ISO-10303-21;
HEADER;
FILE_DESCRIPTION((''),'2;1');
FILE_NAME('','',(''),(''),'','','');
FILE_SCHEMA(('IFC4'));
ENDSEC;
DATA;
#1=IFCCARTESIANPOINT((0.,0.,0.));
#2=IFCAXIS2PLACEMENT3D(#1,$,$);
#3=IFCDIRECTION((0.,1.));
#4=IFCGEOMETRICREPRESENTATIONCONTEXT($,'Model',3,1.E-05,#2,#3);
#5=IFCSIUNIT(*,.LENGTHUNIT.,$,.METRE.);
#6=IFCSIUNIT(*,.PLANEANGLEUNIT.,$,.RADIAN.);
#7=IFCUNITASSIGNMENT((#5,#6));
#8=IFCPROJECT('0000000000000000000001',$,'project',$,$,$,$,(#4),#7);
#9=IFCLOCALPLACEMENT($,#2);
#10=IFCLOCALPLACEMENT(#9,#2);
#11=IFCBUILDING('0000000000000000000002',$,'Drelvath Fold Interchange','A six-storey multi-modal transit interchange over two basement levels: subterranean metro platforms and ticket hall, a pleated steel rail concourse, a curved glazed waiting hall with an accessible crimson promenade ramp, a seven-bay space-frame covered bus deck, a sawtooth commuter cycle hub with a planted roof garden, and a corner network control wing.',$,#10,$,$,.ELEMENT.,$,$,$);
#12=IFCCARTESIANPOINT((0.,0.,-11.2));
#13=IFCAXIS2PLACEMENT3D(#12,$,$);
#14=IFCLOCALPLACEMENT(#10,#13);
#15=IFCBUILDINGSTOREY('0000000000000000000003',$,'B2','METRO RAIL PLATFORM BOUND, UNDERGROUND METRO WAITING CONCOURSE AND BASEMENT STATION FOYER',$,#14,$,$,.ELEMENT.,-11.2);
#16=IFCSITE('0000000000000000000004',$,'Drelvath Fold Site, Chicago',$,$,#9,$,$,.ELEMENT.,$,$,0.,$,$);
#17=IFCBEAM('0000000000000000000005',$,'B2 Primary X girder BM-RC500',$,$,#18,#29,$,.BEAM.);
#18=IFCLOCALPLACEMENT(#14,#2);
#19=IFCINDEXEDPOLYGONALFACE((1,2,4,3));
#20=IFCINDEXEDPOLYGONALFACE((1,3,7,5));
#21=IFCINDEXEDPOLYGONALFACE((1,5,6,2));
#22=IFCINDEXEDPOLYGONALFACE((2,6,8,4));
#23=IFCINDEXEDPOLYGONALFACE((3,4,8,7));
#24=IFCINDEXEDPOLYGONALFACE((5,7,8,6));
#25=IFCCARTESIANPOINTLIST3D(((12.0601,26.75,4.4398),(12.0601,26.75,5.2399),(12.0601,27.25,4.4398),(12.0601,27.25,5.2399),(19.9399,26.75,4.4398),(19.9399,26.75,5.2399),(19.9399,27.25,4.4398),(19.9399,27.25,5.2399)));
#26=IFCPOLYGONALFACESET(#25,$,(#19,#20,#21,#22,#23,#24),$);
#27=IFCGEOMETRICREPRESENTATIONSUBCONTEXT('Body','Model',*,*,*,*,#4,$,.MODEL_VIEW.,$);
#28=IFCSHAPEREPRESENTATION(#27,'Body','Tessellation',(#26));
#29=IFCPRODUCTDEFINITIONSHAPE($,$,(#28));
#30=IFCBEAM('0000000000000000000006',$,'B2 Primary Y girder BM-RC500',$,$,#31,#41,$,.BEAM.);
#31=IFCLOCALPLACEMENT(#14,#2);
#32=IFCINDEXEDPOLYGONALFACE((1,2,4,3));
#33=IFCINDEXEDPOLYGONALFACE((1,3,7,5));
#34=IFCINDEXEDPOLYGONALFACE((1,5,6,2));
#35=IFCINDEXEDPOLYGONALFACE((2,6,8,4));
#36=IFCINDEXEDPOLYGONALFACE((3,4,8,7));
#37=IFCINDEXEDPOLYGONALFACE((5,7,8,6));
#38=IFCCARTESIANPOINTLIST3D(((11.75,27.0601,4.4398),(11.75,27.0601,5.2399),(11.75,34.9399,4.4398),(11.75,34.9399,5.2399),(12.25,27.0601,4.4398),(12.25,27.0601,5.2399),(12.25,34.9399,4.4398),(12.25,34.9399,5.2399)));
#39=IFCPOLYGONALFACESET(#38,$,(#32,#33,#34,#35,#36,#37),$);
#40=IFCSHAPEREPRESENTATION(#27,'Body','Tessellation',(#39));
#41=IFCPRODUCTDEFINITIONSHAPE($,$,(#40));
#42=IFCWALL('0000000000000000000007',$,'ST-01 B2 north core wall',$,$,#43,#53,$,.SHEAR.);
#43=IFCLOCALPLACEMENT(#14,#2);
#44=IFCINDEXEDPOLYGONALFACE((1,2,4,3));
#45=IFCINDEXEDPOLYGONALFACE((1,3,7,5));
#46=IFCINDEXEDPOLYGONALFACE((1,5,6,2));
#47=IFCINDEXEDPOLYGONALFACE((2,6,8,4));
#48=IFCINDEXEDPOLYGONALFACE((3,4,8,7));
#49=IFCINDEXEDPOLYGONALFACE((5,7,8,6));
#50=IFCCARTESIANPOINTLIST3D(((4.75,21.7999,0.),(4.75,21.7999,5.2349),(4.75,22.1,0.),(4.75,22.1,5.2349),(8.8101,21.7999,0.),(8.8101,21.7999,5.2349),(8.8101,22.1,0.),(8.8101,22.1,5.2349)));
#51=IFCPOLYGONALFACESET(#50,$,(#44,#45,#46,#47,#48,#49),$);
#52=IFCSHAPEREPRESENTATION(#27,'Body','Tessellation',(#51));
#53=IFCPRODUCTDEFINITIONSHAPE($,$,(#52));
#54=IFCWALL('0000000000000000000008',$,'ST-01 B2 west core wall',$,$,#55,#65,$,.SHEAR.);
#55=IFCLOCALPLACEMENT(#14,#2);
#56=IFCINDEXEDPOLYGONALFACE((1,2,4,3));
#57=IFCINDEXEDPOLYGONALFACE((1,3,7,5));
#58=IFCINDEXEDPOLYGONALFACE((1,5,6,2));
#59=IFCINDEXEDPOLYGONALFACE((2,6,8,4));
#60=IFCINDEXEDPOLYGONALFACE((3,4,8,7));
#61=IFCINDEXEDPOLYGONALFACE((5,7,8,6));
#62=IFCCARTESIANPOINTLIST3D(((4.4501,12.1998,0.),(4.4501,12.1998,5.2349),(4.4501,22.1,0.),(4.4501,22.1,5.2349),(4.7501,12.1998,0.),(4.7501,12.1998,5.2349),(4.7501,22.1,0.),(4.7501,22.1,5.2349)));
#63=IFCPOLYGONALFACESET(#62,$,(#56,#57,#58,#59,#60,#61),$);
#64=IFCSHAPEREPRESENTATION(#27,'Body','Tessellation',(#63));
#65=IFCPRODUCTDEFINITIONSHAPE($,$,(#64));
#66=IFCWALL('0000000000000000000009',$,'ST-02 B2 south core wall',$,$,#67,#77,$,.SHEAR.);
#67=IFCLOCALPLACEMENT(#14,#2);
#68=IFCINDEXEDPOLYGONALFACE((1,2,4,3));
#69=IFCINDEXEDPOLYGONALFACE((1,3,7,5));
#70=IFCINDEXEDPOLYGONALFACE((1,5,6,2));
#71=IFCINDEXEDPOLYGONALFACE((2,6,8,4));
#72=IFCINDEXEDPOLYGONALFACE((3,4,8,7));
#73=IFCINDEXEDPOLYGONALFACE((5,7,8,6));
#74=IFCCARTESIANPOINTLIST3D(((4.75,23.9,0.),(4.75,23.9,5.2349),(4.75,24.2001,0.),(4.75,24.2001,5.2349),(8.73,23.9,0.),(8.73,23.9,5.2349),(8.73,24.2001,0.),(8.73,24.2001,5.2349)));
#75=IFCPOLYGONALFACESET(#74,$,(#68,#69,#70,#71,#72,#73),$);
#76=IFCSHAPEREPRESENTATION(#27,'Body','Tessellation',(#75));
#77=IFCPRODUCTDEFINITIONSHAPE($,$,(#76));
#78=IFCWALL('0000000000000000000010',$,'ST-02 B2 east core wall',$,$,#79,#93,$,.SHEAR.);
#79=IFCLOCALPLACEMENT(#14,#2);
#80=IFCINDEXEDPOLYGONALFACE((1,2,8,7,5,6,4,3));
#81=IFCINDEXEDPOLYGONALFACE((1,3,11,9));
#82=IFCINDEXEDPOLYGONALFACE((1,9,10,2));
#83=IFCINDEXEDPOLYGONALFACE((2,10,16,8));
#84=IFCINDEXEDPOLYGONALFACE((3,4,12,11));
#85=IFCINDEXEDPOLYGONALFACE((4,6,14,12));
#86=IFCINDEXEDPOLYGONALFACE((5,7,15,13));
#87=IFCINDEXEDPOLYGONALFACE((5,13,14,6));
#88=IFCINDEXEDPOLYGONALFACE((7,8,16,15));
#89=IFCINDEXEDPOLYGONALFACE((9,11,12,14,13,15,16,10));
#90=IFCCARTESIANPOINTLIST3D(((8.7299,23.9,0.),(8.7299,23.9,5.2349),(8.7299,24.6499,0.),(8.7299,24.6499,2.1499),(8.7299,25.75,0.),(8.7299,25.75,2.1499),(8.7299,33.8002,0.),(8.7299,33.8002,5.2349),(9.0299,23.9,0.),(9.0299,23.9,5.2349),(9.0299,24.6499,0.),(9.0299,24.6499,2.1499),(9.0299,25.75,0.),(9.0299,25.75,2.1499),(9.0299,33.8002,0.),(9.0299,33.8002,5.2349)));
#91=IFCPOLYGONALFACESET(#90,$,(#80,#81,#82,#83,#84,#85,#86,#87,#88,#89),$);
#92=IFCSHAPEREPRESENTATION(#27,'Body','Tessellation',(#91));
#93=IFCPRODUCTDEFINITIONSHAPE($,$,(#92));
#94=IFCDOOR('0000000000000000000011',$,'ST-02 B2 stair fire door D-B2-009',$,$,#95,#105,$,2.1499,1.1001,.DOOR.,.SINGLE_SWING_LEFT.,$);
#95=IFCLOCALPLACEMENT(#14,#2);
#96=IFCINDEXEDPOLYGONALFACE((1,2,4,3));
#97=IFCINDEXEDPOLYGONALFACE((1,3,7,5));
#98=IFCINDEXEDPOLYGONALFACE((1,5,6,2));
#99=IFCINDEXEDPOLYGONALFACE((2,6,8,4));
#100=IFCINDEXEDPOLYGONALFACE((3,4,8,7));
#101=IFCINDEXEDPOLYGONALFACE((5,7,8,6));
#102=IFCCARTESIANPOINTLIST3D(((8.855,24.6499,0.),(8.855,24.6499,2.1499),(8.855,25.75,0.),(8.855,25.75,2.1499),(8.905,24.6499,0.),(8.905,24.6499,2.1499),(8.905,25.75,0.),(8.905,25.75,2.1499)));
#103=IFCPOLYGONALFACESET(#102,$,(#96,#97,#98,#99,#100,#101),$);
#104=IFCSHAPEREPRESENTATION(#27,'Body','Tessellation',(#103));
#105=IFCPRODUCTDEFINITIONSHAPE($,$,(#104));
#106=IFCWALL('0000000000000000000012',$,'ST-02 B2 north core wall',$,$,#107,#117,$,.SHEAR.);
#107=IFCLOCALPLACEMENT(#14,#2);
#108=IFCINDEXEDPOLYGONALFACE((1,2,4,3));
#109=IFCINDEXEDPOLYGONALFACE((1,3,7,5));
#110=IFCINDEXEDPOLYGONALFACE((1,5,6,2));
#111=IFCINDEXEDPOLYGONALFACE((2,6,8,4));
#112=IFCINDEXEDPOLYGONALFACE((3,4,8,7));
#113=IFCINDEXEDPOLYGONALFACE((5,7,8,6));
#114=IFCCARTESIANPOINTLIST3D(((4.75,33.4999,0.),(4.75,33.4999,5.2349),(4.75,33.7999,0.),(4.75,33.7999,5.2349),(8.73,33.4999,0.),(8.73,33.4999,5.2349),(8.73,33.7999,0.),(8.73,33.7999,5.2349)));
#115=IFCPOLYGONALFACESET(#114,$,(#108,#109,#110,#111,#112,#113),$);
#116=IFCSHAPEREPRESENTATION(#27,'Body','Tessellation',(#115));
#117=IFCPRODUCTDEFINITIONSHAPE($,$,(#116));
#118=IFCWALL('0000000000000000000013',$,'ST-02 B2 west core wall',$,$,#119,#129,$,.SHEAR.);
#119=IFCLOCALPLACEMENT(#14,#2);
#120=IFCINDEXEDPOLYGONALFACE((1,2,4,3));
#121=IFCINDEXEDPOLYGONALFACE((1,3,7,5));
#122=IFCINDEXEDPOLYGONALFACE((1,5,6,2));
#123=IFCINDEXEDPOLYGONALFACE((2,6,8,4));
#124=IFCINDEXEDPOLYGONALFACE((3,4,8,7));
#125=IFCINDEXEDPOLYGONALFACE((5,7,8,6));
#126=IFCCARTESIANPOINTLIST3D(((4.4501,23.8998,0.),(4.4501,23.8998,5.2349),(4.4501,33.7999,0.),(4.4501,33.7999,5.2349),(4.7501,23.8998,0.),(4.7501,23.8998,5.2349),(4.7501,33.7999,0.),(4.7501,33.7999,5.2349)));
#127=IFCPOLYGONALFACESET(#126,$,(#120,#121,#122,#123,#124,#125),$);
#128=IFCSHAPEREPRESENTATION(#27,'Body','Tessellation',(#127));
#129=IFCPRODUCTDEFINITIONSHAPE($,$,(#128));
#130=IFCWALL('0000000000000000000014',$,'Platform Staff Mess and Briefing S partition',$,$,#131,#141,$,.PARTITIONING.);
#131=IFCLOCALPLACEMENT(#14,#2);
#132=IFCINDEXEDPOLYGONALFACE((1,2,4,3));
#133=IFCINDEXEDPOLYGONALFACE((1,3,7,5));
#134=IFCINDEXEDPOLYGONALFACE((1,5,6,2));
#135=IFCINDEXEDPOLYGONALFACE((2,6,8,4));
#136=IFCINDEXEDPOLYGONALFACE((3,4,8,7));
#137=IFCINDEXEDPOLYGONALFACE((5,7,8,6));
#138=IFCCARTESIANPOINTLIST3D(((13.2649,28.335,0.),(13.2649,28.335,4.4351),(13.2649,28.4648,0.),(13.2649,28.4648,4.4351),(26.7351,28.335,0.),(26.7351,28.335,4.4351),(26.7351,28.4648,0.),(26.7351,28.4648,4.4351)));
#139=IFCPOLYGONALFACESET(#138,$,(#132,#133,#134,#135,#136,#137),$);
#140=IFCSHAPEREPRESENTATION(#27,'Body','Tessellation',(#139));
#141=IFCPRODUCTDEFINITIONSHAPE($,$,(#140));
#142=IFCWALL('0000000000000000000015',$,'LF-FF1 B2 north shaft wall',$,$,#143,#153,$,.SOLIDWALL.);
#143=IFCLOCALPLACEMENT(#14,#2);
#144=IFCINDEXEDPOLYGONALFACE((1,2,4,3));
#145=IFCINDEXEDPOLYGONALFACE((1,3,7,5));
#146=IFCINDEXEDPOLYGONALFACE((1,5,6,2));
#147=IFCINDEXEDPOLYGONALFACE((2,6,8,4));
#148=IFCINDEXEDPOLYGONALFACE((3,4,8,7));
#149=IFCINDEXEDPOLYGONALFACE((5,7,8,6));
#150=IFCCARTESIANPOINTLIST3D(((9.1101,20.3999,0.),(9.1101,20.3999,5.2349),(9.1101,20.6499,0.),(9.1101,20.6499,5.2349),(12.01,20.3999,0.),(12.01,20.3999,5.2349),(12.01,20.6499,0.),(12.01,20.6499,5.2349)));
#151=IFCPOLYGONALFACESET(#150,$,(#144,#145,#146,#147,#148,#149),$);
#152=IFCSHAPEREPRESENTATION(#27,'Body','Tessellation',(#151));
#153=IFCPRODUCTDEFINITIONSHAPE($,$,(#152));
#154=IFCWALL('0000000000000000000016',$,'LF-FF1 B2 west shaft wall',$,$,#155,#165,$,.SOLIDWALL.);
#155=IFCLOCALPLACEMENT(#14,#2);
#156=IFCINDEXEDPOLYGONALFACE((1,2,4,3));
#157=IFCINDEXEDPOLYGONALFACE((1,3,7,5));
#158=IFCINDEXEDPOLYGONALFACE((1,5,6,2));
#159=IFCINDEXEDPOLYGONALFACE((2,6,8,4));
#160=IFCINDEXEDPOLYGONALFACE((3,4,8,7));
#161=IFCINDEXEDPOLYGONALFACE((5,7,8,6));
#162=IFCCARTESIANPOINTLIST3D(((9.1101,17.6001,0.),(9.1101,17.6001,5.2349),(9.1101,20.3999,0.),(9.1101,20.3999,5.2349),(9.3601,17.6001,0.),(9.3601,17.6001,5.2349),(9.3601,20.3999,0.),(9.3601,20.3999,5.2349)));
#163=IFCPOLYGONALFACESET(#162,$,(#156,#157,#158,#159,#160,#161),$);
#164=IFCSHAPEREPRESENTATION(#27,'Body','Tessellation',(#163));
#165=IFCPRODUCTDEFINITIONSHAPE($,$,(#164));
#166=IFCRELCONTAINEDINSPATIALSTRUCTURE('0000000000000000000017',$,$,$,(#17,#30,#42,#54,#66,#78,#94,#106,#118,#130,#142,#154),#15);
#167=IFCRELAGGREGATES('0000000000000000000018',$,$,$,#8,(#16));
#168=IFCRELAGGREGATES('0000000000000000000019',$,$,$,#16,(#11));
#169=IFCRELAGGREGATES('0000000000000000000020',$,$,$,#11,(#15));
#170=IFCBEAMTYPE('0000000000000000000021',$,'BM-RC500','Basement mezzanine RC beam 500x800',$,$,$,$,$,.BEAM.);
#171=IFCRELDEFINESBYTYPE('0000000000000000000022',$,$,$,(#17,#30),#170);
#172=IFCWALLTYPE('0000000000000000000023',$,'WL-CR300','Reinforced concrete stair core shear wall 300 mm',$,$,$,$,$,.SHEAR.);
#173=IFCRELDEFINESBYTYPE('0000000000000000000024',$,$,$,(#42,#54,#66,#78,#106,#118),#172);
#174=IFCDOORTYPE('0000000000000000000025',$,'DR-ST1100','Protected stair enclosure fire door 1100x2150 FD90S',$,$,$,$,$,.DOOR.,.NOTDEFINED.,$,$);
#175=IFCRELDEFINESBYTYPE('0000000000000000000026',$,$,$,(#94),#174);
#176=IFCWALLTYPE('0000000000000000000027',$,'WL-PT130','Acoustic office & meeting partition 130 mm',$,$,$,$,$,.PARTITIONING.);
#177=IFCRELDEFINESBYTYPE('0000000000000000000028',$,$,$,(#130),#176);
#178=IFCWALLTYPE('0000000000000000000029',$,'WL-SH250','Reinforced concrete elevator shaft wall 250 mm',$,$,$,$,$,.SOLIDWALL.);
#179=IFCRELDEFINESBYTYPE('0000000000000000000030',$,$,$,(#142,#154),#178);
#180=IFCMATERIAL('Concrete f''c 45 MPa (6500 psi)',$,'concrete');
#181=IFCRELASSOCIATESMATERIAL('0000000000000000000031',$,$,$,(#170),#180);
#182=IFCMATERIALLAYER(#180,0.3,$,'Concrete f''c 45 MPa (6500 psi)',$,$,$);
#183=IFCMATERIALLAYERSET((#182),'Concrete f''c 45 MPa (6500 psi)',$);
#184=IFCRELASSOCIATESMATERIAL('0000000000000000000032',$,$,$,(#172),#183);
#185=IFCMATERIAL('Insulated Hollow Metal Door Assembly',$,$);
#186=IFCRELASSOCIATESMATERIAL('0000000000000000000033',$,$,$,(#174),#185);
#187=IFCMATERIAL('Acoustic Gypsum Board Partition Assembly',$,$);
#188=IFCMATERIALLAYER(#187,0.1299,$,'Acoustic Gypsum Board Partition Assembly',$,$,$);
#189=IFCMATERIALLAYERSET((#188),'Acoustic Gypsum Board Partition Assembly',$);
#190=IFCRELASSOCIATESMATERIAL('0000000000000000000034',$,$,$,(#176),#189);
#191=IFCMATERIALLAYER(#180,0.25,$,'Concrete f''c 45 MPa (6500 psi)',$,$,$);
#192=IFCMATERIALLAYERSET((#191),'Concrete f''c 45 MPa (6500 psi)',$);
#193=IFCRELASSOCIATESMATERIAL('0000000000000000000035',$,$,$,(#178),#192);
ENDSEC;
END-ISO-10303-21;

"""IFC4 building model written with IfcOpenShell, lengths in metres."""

from ifc_helpers import new_model, si_unit, direction, frame, frame_2d, origin, origin_2d, place, context, subcontext, project, spatial, rectangle, extrude, material, layer, layer_set, material_profile, profile_set, type_object, element, fill, save


model = new_model("IFC4")

# Units and contexts
model_context = context("Model", 3, precision=1e-05, world=origin(), true_north=direction((0.0, 1.0)))
body_context = subcontext(model_context, "Body", "Model", "MODEL_VIEW")
ifc_project = project(units=[si_unit("LENGTHUNIT", "METRE"), si_unit("PLANEANGLEUNIT", "RADIAN")], contexts=[model_context])

# Site, building, storey
site_placement = place(None, origin())
site = spatial("IfcSite", under=ifc_project, at=site_placement, Name="Drelvath Fold Site, Chicago", CompositionType="ELEMENT", RefElevation=0.0)
building_placement = place(site_placement, origin())
building = spatial("IfcBuilding", under=site, at=building_placement, Name="Drelvath Fold Interchange", Description="A six-storey multi-modal transit interchange over two basement levels: subterranean metro platforms and ticket hall, a pleated steel rail concourse, a curved glazed waiting hall with an accessible crimson promenade ramp, a seven-bay space-frame covered bus deck, a sawtooth commuter cycle hub with a planted roof garden, and a corner network control wing.", CompositionType="ELEMENT")
storey_placement = place(building_placement, frame((0.0, 0.0, -11.2)))
storey = spatial("IfcBuildingStorey", under=building, at=storey_placement, Name="B2", Description="METRO RAIL PLATFORM BOUND, UNDERGROUND METRO WAITING CONCOURSE AND BASEMENT STATION FOYER", CompositionType="ELEMENT", Elevation=-11.2)

# Beams
ifc_material_1 = material(Name="Concrete f'c 45 MPa (6500 psi)", Category="concrete")
ifc_material_profile_1 = material_profile(ifc_material_1, rectangle(XDim=0.5, YDim=0.8, at=origin_2d()), Name="RC 500x800")
ifc_profile_set_1 = profile_set([ifc_material_profile_1], Name="Concrete f'c 45 MPa (6500 psi)")
beam_type_1 = type_object("IfcBeamType", Name="BM-RC500", Description="Basement mezzanine RC beam 500x800", PredefinedType="BEAM", material=ifc_profile_set_1)
for number, where, z_axis, x_axis, name in (
    (1, (12.0601, 27.0, 4.8398), (1.0, 0.0, 0.0), (0.0, 1.0, 0.0), "B2 Primary X girder BM-RC500"),
    (2, (12.0, 27.0601, 4.8398), (0.0, 1.0, 0.0), (-1.0, 0.0, 0.0), "B2 Primary Y girder BM-RC500"),
):
    element("IfcBeam", number, at=place(storey_placement, frame(where, z_axis=z_axis, x_axis=x_axis)), inside=storey, type_object=beam_type_1, Name=name, PredefinedType="BEAM", context=body_context, shape_type="SweptSolid", body=[
        extrude(rectangle(XDim=0.5, YDim=0.8, at=origin_2d()), origin(), (0.0, 0.0, 1.0), 7.8799),
    ])

# Walls
ifc_layer_1 = layer(ifc_material_1, 0.3, Name="Concrete f'c 45 MPa (6500 psi)")
ifc_layer_set_1 = layer_set([ifc_layer_1], Name="Concrete f'c 45 MPa (6500 psi)")
wall_type_1 = type_object("IfcWallType", Name="WL-CR300", Description="Reinforced concrete stair core shear wall 300 mm", PredefinedType="SHEAR", material=ifc_layer_set_1)
wall_1_placement = place(storey_placement, frame((8.8101, 21.95, 0.0), z_axis=(0.0, 0.0, 1.0), x_axis=(-1.0, 0.0, 0.0)))
element("IfcWall", 3, at=wall_1_placement, inside=storey, type_object=wall_type_1, Name="ST-01 B2 north core wall", PredefinedType="SHEAR", context=body_context, shape_type="SweptSolid", body=[
    extrude(rectangle(XDim=4.0601, YDim=0.3, at=frame_2d((2.03, 0.0))), origin(), (0.0, 0.0, 1.0), 5.2349),
])
wall_2_placement = place(storey_placement, frame((4.6001, 22.1001, 0.0), z_axis=(0.0, 0.0, 1.0), x_axis=(0.0, -1.0, 0.0)))
element("IfcWall", 4, at=wall_2_placement, inside=storey, type_object=wall_type_1, Name="ST-01 B2 west core wall", PredefinedType="SHEAR", context=body_context, shape_type="SweptSolid", body=[
    extrude(rectangle(XDim=9.9001, YDim=0.3, at=frame_2d((4.9502, 0.0))), origin(), (0.0, 0.0, 1.0), 5.2349),
])
wall_3_placement = place(storey_placement, frame((4.75, 24.05, 0.0), z_axis=(0.0, 0.0, 1.0), x_axis=(1.0, 0.0, 0.0)))
element("IfcWall", 5, at=wall_3_placement, inside=storey, type_object=wall_type_1, Name="ST-02 B2 south core wall", PredefinedType="SHEAR", context=body_context, shape_type="SweptSolid", body=[
    extrude(rectangle(XDim=3.98, YDim=0.3, at=frame_2d((1.99, 0.0))), origin(), (0.0, 0.0, 1.0), 5.2349),
])

# Wall, opening, door
wall_4_placement = place(storey_placement, frame((8.8799, 23.8999, 0.0), z_axis=(0.0, 0.0, 1.0), x_axis=(0.0, 1.0, 0.0)))
wall_4 = element("IfcWall", 6, at=wall_4_placement, inside=storey, type_object=wall_type_1, Name="ST-02 B2 east core wall", PredefinedType="SHEAR", context=body_context, shape_type="SweptSolid", body=[
    extrude(rectangle(XDim=9.9001, YDim=0.3, at=frame_2d((4.9502, 0.0))), origin(), (0.0, 0.0, 1.0), 5.2349),
])
opening_1_placement = place(wall_4_placement, frame((0.75, 0.0, 0.0)))
opening_1 = element("IfcOpeningElement", 7, at=opening_1_placement, cuts=wall_4, PredefinedType="OPENING", context=body_context, shape_type="SweptSolid", body=[
    extrude(rectangle(XDim=1.1001, YDim=2.1499, at=frame_2d((0.55, 1.075))), frame((0.0, 0.1599, 0.0), z_axis=(0.0, -1.0, 0.0), x_axis=(1.0, 0.0, 0.0)), (0.0, 0.0, 1.0), 0.3201),
])
ifc_material_2 = material(Name="Insulated Hollow Metal Door Assembly")
door_type_1 = type_object("IfcDoorType", Name="DR-ST1100", Description="Protected stair enclosure fire door 1100x2150 FD90S", OperationType="NOTDEFINED", PredefinedType="DOOR", material=ifc_material_2)
door_1_placement = place(opening_1_placement, origin())
door_1 = element("IfcDoor", 8, at=door_1_placement, inside=storey, type_object=door_type_1, Name="ST-02 B2 stair fire door D-B2-009", OperationType="SINGLE_SWING_LEFT", OverallHeight=2.1499, OverallWidth=1.1001, PredefinedType="DOOR", context=body_context, shape_type="SweptSolid", body=[
    extrude(rectangle(XDim=1.1001, YDim=2.1499, at=frame_2d((0.55, 1.075))), frame((0.0, 0.0249, 0.0), z_axis=(0.0, -1.0, 0.0), x_axis=(1.0, 0.0, 0.0)), (0.0, 0.0, 1.0), 0.05),
])
fill(opening_1, door_1)

# Walls
wall_5_placement = place(storey_placement, frame((8.73, 33.6499, 0.0), z_axis=(0.0, 0.0, 1.0), x_axis=(-1.0, 0.0, 0.0)))
element("IfcWall", 9, at=wall_5_placement, inside=storey, type_object=wall_type_1, Name="ST-02 B2 north core wall", PredefinedType="SHEAR", context=body_context, shape_type="SweptSolid", body=[
    extrude(rectangle(XDim=3.98, YDim=0.3, at=frame_2d((1.99, 0.0))), origin(), (0.0, 0.0, 1.0), 5.2349),
])
wall_6_placement = place(storey_placement, frame((4.6001, 33.8, 0.0), z_axis=(0.0, 0.0, 1.0), x_axis=(0.0, -1.0, 0.0)))
element("IfcWall", 10, at=wall_6_placement, inside=storey, type_object=wall_type_1, Name="ST-02 B2 west core wall", PredefinedType="SHEAR", context=body_context, shape_type="SweptSolid", body=[
    extrude(rectangle(XDim=9.9001, YDim=0.3, at=frame_2d((4.9502, 0.0))), origin(), (0.0, 0.0, 1.0), 5.2349),
])
ifc_material_3 = material(Name="Acoustic Gypsum Board Partition Assembly")
ifc_layer_2 = layer(ifc_material_3, 0.1299, Name="Acoustic Gypsum Board Partition Assembly")
ifc_layer_set_2 = layer_set([ifc_layer_2], Name="Acoustic Gypsum Board Partition Assembly")
wall_type_2 = type_object("IfcWallType", Name="WL-PT130", Description="Acoustic office & meeting partition 130 mm", PredefinedType="PARTITIONING", material=ifc_layer_set_2)
wall_7_placement = place(storey_placement, frame((13.2649, 28.3999, 0.0), z_axis=(0.0, 0.0, 1.0), x_axis=(1.0, 0.0, 0.0)))
element("IfcWall", 11, at=wall_7_placement, inside=storey, type_object=wall_type_2, Name="Platform Staff Mess and Briefing S partition", PredefinedType="PARTITIONING", context=body_context, shape_type="SweptSolid", body=[
    extrude(rectangle(XDim=13.4702, YDim=0.1299, at=frame_2d((6.7351, 0.0))), origin(), (0.0, 0.0, 1.0), 4.4351),
])
ifc_layer_3 = layer(ifc_material_1, 0.25, Name="Concrete f'c 45 MPa (6500 psi)")
ifc_layer_set_3 = layer_set([ifc_layer_3], Name="Concrete f'c 45 MPa (6500 psi)")
wall_type_3 = type_object("IfcWallType", Name="WL-SH250", Description="Reinforced concrete elevator shaft wall 250 mm", PredefinedType="SOLIDWALL", material=ifc_layer_set_3)
wall_8_placement = place(storey_placement, frame((12.01, 20.5249, 0.0), z_axis=(0.0, 0.0, 1.0), x_axis=(-1.0, 0.0, 0.0)))
element("IfcWall", 12, at=wall_8_placement, inside=storey, type_object=wall_type_3, Name="LF-FF1 B2 north shaft wall", PredefinedType="SOLIDWALL", context=body_context, shape_type="SweptSolid", body=[
    extrude(rectangle(XDim=2.8999, YDim=0.25, at=frame_2d((1.45, 0.0))), origin(), (0.0, 0.0, 1.0), 5.2349),
])
wall_9_placement = place(storey_placement, frame((9.2351, 20.3999, 0.0), z_axis=(0.0, 0.0, 1.0), x_axis=(0.0, -1.0, 0.0)))
element("IfcWall", 13, at=wall_9_placement, inside=storey, type_object=wall_type_3, Name="LF-FF1 B2 west shaft wall", PredefinedType="SOLIDWALL", context=body_context, shape_type="SweptSolid", body=[
    extrude(rectangle(XDim=2.7998, YDim=0.25, at=frame_2d((1.3999, 0.0))), origin(), (0.0, 0.0, 1.0), 5.2349),
])

save(model, "model.ifc")
